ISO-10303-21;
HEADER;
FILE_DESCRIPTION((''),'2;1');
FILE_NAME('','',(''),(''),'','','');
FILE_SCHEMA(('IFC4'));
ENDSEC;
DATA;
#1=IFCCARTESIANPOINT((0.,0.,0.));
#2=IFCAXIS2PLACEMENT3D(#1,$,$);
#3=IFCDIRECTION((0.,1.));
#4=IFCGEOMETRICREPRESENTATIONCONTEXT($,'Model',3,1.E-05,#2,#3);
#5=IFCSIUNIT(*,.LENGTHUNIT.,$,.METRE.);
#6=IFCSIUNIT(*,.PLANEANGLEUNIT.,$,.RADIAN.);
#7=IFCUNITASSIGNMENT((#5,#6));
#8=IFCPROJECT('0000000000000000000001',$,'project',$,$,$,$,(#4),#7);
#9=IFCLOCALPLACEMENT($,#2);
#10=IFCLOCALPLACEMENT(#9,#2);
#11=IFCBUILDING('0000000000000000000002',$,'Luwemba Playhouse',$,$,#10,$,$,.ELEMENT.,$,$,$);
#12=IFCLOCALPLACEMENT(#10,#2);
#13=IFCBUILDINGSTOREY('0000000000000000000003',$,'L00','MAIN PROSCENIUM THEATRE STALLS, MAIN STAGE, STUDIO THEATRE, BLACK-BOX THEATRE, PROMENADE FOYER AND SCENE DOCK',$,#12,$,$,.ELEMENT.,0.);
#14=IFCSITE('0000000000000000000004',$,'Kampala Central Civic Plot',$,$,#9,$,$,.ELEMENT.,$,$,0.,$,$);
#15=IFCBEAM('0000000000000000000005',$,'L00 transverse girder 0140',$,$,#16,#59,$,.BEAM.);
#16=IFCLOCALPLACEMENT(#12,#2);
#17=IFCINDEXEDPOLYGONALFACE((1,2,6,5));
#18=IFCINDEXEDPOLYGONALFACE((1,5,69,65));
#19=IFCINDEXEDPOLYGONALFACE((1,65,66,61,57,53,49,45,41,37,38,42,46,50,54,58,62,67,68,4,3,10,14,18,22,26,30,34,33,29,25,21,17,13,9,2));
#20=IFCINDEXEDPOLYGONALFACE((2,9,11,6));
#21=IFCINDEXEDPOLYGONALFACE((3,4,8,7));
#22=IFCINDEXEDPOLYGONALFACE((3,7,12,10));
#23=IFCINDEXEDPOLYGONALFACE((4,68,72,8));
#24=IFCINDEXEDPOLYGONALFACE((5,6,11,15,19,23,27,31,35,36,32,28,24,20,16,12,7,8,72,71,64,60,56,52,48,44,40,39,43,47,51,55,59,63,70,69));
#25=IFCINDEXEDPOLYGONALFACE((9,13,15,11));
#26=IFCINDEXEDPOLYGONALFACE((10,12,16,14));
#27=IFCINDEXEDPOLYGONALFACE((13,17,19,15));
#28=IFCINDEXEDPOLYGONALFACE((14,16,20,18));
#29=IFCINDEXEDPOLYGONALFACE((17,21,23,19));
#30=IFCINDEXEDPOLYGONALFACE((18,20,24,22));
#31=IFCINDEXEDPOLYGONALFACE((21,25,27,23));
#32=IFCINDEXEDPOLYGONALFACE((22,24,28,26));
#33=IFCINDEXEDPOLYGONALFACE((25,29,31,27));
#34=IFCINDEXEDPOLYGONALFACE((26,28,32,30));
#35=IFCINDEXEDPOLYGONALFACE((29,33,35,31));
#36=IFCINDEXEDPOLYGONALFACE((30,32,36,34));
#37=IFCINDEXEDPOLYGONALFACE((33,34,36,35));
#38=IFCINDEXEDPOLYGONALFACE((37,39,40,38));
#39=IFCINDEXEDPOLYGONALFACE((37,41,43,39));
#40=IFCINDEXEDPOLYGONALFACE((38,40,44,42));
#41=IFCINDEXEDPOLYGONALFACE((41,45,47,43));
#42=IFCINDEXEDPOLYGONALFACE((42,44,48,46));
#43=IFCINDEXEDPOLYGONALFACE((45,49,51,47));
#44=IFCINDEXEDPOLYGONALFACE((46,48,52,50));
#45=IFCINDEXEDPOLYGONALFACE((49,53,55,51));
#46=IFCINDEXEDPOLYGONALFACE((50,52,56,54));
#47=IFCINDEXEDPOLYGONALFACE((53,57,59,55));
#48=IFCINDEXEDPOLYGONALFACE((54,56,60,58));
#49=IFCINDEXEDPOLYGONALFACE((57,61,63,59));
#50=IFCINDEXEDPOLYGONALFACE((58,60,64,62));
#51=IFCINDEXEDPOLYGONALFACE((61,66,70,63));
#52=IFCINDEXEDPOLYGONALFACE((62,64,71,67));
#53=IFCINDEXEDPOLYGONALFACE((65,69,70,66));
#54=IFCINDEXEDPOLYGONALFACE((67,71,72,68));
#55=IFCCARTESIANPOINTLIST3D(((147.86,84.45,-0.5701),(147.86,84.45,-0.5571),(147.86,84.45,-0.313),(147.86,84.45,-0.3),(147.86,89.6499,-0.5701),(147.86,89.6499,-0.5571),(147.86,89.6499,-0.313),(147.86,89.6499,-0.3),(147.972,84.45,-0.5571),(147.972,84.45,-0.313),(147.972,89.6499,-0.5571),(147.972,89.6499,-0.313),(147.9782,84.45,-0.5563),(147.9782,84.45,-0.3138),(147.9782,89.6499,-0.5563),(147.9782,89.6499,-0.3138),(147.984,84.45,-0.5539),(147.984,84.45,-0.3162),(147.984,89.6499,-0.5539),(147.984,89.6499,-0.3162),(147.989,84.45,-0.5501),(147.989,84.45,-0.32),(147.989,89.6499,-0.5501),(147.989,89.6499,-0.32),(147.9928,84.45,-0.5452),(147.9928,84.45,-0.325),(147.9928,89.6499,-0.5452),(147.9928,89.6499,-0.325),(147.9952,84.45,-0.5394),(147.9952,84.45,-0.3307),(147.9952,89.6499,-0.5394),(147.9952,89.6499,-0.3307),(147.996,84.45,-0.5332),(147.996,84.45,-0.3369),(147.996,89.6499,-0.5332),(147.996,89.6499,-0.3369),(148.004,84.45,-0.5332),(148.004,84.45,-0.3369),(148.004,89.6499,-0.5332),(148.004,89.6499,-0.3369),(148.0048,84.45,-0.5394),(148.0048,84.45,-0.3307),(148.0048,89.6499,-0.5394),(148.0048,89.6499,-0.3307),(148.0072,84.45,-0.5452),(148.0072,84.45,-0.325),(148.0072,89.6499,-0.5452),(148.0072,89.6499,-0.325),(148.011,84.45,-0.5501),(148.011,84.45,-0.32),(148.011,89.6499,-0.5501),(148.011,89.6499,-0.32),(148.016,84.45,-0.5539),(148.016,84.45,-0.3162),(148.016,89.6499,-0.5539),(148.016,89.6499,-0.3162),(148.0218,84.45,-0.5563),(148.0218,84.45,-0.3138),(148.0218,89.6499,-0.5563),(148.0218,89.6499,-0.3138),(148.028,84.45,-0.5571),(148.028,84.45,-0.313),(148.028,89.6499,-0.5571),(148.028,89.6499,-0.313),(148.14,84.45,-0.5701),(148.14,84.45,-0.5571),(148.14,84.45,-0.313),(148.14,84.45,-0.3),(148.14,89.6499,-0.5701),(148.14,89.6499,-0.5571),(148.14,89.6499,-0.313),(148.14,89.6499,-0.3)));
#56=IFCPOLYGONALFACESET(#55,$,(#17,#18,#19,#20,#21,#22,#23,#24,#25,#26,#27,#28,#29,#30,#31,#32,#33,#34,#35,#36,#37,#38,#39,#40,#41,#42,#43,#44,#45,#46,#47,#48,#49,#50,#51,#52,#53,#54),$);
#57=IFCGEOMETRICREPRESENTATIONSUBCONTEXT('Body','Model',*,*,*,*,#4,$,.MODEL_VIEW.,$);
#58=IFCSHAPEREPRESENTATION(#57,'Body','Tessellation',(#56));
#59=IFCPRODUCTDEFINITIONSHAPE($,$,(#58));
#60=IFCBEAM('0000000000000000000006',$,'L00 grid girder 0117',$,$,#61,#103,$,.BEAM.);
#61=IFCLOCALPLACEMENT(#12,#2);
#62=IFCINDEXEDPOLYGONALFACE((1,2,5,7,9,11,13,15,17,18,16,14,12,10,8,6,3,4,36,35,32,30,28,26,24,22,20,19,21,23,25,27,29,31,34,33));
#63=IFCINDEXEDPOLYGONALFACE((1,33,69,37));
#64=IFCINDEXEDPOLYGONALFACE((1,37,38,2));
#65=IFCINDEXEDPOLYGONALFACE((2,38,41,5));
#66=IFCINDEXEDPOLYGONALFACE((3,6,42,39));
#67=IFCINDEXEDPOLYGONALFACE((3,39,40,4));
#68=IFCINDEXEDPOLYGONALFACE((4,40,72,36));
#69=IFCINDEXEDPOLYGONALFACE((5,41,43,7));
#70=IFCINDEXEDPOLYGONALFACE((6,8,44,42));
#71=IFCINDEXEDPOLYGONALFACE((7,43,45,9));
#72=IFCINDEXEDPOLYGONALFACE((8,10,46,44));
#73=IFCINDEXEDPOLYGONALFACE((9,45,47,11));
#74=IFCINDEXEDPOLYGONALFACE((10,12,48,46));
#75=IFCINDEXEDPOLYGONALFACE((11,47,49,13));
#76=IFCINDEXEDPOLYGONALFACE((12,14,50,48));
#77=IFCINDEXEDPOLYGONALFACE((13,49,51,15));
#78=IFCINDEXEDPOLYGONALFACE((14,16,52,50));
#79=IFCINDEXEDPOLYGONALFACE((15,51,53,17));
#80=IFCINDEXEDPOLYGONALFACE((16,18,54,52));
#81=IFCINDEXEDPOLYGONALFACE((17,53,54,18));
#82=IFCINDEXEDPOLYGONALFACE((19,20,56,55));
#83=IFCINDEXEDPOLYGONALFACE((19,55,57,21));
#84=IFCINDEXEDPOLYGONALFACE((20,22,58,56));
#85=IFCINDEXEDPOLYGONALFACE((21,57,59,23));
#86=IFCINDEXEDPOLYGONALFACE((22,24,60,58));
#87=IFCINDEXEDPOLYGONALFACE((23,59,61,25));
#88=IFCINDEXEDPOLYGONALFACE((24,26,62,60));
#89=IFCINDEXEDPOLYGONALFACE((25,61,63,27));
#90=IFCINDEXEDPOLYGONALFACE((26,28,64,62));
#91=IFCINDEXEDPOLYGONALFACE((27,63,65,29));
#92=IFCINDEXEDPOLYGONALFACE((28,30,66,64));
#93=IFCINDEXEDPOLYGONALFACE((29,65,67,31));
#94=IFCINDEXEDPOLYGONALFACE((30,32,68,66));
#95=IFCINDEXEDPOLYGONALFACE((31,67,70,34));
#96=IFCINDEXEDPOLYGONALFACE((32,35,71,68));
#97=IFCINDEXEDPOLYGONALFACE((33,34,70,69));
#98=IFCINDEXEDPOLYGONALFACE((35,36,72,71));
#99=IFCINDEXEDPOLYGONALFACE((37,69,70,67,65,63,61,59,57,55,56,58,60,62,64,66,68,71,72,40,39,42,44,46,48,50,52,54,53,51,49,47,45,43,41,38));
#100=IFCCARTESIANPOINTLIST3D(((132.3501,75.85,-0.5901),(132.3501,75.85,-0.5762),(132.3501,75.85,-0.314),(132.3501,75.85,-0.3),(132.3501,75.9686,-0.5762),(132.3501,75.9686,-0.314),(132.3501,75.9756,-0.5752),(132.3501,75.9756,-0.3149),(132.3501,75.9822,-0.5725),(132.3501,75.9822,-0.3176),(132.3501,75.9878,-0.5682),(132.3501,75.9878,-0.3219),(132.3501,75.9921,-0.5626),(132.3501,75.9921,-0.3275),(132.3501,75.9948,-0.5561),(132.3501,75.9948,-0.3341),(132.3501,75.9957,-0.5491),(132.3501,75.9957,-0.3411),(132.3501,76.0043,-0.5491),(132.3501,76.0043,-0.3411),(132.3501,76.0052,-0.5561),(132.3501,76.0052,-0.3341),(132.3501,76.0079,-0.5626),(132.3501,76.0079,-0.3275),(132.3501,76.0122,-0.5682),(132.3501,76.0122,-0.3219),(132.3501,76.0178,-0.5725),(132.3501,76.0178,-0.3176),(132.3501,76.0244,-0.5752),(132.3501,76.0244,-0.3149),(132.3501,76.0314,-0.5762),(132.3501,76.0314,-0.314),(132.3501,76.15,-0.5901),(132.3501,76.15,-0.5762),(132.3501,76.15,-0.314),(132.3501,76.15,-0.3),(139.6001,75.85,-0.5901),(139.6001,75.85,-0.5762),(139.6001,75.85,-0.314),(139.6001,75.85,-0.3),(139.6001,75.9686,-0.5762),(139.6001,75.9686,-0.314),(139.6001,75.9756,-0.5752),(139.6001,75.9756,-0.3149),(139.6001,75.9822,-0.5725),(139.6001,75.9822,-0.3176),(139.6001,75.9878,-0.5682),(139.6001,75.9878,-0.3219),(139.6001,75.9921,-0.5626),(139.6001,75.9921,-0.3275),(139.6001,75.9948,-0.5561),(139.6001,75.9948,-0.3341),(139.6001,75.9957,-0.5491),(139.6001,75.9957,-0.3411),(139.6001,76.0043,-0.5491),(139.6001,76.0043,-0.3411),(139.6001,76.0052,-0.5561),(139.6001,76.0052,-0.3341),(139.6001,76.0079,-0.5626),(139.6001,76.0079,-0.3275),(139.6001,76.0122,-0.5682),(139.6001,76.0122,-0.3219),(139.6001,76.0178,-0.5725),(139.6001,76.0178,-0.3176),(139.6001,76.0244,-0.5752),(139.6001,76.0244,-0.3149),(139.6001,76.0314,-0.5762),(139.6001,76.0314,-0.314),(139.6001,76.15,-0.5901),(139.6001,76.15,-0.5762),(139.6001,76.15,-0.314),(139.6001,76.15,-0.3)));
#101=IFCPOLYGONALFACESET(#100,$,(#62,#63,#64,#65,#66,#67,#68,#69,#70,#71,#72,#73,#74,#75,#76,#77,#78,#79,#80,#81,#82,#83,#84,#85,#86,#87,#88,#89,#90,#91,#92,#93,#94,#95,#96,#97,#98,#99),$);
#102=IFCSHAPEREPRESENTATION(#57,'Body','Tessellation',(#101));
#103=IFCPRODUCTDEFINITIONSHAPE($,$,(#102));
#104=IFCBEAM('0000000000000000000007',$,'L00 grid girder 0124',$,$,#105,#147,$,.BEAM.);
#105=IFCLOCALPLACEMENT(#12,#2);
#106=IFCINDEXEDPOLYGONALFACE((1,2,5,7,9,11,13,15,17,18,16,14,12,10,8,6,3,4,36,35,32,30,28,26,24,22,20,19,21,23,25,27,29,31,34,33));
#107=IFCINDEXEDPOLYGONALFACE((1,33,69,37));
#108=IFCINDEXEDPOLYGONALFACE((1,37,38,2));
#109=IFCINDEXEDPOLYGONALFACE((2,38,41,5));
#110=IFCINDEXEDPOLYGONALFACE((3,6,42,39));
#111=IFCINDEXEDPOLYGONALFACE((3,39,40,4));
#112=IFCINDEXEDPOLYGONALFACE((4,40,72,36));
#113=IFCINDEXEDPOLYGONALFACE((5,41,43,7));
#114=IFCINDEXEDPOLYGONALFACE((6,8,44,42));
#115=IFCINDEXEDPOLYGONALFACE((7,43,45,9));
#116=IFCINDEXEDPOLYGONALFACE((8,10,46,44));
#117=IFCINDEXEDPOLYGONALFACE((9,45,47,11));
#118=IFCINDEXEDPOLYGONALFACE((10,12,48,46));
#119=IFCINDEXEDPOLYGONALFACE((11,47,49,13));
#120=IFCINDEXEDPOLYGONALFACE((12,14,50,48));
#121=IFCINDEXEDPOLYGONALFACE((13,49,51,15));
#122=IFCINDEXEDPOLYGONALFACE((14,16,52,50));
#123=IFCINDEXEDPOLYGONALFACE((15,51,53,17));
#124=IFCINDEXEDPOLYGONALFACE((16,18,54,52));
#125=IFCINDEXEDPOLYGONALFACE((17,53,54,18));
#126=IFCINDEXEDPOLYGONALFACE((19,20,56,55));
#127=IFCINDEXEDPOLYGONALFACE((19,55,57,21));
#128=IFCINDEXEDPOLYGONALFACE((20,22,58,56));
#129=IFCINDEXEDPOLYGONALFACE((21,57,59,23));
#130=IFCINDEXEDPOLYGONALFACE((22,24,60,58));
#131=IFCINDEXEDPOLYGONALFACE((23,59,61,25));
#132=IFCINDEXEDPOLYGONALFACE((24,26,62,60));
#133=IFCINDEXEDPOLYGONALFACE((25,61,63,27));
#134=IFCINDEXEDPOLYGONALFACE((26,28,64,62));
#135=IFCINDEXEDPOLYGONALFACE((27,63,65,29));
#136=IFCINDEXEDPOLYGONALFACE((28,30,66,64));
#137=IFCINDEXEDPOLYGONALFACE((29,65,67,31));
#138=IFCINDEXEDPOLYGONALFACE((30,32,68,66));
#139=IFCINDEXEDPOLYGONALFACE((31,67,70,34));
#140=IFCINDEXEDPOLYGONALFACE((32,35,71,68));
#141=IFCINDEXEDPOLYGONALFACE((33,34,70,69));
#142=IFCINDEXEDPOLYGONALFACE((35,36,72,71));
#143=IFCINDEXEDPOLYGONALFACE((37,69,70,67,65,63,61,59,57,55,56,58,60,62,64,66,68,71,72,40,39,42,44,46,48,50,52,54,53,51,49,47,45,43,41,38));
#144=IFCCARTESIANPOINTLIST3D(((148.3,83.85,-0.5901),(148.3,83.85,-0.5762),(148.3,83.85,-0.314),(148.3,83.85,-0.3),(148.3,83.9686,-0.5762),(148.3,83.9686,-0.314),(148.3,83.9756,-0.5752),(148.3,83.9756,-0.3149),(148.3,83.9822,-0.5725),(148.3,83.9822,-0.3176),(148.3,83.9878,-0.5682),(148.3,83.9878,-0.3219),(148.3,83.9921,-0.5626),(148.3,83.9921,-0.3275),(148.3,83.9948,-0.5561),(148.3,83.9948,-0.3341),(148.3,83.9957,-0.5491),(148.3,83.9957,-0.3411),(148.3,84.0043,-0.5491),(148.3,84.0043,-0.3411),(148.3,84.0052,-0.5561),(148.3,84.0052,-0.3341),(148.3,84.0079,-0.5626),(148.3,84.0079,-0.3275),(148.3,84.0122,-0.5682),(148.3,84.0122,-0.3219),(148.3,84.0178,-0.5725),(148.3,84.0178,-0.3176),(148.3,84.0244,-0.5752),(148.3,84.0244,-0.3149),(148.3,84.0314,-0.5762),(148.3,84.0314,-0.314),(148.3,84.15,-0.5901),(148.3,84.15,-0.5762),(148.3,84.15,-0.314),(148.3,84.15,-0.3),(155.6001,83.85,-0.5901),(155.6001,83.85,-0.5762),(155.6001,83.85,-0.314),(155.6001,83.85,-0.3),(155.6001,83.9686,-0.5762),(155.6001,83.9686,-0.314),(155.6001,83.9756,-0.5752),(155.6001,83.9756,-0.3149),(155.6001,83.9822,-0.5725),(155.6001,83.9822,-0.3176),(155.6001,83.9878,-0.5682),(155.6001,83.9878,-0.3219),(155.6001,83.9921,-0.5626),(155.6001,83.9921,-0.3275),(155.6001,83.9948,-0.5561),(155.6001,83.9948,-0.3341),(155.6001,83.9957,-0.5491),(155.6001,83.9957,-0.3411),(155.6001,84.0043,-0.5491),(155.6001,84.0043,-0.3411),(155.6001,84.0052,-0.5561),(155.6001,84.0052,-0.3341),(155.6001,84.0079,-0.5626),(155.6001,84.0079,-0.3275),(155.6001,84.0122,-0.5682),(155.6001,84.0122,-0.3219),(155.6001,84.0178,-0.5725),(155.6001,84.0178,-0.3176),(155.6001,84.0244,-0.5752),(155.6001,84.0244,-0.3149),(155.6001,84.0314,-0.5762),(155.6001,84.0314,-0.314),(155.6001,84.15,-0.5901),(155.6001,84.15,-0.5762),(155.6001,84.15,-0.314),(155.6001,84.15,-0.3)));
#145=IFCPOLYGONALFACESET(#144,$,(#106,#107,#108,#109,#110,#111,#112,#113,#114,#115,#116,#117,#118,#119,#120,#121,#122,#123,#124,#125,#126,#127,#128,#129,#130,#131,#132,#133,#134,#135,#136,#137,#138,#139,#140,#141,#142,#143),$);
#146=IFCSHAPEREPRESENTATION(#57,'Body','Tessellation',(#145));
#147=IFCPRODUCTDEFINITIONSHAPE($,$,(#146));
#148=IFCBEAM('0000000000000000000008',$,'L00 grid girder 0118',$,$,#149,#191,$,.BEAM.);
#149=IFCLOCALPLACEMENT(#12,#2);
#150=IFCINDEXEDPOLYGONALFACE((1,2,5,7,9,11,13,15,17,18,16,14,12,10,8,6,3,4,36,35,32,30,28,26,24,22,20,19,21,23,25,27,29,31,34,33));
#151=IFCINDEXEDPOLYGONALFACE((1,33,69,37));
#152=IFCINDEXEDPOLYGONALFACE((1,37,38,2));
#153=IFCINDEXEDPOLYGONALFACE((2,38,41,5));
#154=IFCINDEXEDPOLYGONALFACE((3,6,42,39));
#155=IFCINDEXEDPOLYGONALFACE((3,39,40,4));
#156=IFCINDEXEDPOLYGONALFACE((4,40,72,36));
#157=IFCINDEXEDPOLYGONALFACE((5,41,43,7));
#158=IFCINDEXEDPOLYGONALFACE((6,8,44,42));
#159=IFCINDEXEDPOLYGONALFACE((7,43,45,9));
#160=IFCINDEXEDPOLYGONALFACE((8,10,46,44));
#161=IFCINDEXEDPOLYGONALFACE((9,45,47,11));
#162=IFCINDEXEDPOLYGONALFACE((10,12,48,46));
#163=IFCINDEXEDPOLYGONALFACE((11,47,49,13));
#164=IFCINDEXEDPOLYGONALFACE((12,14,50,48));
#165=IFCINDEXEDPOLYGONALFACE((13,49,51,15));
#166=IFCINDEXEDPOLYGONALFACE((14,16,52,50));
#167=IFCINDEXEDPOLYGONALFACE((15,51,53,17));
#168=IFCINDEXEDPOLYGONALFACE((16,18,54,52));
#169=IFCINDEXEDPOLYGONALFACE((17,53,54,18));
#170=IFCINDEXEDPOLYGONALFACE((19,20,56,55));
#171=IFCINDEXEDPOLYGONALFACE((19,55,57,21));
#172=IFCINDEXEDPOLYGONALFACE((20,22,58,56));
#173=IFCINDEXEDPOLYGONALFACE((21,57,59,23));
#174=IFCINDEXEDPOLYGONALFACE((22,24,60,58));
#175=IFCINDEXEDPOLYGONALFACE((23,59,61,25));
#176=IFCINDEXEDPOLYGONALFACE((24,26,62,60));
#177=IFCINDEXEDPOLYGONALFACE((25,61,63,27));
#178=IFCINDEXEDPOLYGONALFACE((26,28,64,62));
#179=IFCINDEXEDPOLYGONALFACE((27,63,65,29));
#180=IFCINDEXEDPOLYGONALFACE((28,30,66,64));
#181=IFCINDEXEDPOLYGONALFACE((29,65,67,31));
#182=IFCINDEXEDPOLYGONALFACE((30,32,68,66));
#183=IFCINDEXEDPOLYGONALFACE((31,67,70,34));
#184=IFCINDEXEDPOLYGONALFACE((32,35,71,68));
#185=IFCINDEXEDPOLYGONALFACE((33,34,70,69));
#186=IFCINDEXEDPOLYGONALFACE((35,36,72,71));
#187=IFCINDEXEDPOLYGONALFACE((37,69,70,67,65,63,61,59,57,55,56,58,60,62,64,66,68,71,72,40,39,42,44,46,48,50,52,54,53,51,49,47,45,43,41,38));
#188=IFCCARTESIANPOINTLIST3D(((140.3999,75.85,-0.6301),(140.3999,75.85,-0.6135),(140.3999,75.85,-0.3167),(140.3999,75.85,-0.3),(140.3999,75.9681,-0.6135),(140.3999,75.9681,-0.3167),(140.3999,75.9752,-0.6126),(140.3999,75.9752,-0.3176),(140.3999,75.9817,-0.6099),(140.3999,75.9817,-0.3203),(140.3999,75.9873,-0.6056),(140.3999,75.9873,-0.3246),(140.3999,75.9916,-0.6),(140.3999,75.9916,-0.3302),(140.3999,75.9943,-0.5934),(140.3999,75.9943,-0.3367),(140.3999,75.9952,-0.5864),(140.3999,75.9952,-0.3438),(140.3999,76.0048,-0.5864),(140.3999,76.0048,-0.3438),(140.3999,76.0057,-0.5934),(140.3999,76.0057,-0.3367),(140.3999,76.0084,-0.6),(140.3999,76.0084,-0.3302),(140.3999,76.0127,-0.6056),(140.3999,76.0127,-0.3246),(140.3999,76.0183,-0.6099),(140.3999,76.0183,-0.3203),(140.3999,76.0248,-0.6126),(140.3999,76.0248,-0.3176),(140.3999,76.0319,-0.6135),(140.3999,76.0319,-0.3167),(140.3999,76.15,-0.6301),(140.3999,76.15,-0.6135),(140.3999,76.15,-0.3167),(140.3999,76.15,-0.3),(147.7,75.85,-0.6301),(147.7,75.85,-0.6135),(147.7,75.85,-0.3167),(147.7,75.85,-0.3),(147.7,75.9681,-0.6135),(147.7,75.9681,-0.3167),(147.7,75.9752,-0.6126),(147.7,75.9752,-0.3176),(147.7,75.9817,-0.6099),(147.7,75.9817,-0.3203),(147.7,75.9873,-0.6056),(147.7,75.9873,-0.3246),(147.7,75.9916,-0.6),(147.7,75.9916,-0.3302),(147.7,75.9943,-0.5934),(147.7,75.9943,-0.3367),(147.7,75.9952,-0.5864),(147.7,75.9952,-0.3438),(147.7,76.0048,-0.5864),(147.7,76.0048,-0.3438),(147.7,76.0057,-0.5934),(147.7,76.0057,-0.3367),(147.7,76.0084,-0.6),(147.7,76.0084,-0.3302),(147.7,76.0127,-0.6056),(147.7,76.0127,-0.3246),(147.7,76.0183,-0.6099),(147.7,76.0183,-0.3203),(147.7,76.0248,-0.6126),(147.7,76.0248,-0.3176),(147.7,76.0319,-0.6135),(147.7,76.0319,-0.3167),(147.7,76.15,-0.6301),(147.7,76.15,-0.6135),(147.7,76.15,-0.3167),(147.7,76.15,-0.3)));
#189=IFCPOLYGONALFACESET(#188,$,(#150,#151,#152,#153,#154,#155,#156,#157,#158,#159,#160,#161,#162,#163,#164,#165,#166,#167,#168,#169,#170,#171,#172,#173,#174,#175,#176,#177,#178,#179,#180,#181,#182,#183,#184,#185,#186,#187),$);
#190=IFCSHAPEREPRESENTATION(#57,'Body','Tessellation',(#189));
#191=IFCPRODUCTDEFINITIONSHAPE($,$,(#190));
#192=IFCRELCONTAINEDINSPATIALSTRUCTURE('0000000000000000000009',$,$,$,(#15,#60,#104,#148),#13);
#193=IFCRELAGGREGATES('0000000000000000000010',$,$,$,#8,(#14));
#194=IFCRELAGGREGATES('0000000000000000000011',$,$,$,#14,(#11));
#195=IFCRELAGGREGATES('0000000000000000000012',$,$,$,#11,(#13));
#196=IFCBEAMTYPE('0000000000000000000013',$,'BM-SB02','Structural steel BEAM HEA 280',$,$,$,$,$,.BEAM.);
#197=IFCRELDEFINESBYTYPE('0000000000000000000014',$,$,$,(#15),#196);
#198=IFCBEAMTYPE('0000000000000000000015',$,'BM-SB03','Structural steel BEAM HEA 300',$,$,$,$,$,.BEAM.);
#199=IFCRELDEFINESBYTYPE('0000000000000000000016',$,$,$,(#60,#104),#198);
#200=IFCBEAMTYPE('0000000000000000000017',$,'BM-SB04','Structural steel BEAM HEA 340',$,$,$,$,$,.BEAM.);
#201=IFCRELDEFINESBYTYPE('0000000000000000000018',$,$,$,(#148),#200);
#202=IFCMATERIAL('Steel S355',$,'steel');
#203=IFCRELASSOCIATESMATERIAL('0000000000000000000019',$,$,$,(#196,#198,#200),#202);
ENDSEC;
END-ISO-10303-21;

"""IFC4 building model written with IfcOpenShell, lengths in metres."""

from ifc_helpers import new_model, si_unit, direction, frame, origin, origin_2d, place, context, subcontext, project, spatial, i_section, extrude, material, material_profile, profile_set, type_object, element, save


model = new_model("IFC4")

# Units and contexts
model_context = context("Model", 3, precision=1e-05, world=origin(), true_north=direction((0.0, 1.0)))
body_context = subcontext(model_context, "Body", "Model", "MODEL_VIEW")
ifc_project = project(units=[si_unit("LENGTHUNIT", "METRE"), si_unit("PLANEANGLEUNIT", "RADIAN")], contexts=[model_context])

# Site, building, storey
site_placement = place(None, origin())
site = spatial("IfcSite", under=ifc_project, at=site_placement, Name="Kampala Central Civic Plot", CompositionType="ELEMENT", RefElevation=0.0)
building_placement = place(site_placement, origin())
building = spatial("IfcBuilding", under=site, at=building_placement, Name="Luwemba Playhouse", CompositionType="ELEMENT")
storey_placement = place(building_placement, origin())
storey = spatial("IfcBuildingStorey", under=building, at=storey_placement, Name="L00", Description="MAIN PROSCENIUM THEATRE STALLS, MAIN STAGE, STUDIO THEATRE, BLACK-BOX THEATRE, PROMENADE FOYER AND SCENE DOCK", CompositionType="ELEMENT", Elevation=0.0)

# Beams
ifc_material_1 = material(Name="Steel S355", Category="steel")
ifc_material_profile_1 = material_profile(ifc_material_1, i_section(OverallWidth=0.28, OverallDepth=0.27, WebThickness=0.0081, FlangeThickness=0.0129, FilletRadius=0.0239, at=origin_2d()))
ifc_profile_set_1 = profile_set([ifc_material_profile_1], Name="Steel S355")
beam_type_1 = type_object("IfcBeamType", Name="BM-SB02", Description="Structural steel BEAM HEA 280", PredefinedType="BEAM", material=ifc_profile_set_1)
beam_1_placement = place(storey_placement, frame((148.0, 84.45, -0.4351), z_axis=(0.0, 1.0, 0.0), x_axis=(-1.0, 0.0, 0.0)))
element("IfcBeam", 1, at=beam_1_placement, inside=storey, type_object=beam_type_1, Name="L00 transverse girder 0140", PredefinedType="BEAM", context=body_context, shape_type="SweptSolid", body=[
    extrude(i_section(OverallWidth=0.28, OverallDepth=0.27, WebThickness=0.0081, FlangeThickness=0.0129, FilletRadius=0.0239, at=origin_2d()), origin(), (0.0, 0.0, 1.0), 5.2),
])
ifc_material_profile_2 = material_profile(ifc_material_1, i_section(OverallWidth=0.3, OverallDepth=0.29, WebThickness=0.0085, FlangeThickness=0.0139, FilletRadius=0.0271, at=origin_2d()))
ifc_profile_set_2 = profile_set([ifc_material_profile_2], Name="Steel S355")
beam_type_2 = type_object("IfcBeamType", Name="BM-SB03", Description="Structural steel BEAM HEA 300", PredefinedType="BEAM", material=ifc_profile_set_2)
beam_2_placement = place(storey_placement, frame((132.3501, 76.0, -0.4451), z_axis=(1.0, 0.0, 0.0), x_axis=(0.0, 1.0, 0.0)))
element("IfcBeam", 2, at=beam_2_placement, inside=storey, type_object=beam_type_2, Name="L00 grid girder 0117", PredefinedType="BEAM", context=body_context, shape_type="SweptSolid", body=[
    extrude(i_section(OverallWidth=0.3, OverallDepth=0.29, WebThickness=0.0085, FlangeThickness=0.0139, FilletRadius=0.0271, at=origin_2d()), origin(), (0.0, 0.0, 1.0), 7.25),
])
beam_3_placement = place(storey_placement, frame((148.3, 84.0, -0.4451), z_axis=(1.0, 0.0, 0.0), x_axis=(0.0, 1.0, 0.0)))
element("IfcBeam", 3, at=beam_3_placement, inside=storey, type_object=beam_type_2, Name="L00 grid girder 0124", PredefinedType="BEAM", context=body_context, shape_type="SweptSolid", body=[
    extrude(i_section(OverallWidth=0.3, OverallDepth=0.29, WebThickness=0.0085, FlangeThickness=0.0139, FilletRadius=0.0271, at=origin_2d()), origin(), (0.0, 0.0, 1.0), 7.3),
])
ifc_material_profile_3 = material_profile(ifc_material_1, i_section(OverallWidth=0.3, OverallDepth=0.3301, WebThickness=0.0095, FlangeThickness=0.0166, FilletRadius=0.0271, at=origin_2d()))
ifc_profile_set_3 = profile_set([ifc_material_profile_3], Name="Steel S355")
beam_type_3 = type_object("IfcBeamType", Name="BM-SB04", Description="Structural steel BEAM HEA 340", PredefinedType="BEAM", material=ifc_profile_set_3)
beam_4_placement = place(storey_placement, frame((140.3999, 76.0, -0.4651), z_axis=(1.0, 0.0, 0.0), x_axis=(0.0, 1.0, 0.0)))
element("IfcBeam", 4, at=beam_4_placement, inside=storey, type_object=beam_type_3, Name="L00 grid girder 0118", PredefinedType="BEAM", context=body_context, shape_type="SweptSolid", body=[
    extrude(i_section(OverallWidth=0.3, OverallDepth=0.3301, WebThickness=0.0095, FlangeThickness=0.0166, FilletRadius=0.0271, at=origin_2d()), origin(), (0.0, 0.0, 1.0), 7.3),
])

save(model, "model.ifc")
